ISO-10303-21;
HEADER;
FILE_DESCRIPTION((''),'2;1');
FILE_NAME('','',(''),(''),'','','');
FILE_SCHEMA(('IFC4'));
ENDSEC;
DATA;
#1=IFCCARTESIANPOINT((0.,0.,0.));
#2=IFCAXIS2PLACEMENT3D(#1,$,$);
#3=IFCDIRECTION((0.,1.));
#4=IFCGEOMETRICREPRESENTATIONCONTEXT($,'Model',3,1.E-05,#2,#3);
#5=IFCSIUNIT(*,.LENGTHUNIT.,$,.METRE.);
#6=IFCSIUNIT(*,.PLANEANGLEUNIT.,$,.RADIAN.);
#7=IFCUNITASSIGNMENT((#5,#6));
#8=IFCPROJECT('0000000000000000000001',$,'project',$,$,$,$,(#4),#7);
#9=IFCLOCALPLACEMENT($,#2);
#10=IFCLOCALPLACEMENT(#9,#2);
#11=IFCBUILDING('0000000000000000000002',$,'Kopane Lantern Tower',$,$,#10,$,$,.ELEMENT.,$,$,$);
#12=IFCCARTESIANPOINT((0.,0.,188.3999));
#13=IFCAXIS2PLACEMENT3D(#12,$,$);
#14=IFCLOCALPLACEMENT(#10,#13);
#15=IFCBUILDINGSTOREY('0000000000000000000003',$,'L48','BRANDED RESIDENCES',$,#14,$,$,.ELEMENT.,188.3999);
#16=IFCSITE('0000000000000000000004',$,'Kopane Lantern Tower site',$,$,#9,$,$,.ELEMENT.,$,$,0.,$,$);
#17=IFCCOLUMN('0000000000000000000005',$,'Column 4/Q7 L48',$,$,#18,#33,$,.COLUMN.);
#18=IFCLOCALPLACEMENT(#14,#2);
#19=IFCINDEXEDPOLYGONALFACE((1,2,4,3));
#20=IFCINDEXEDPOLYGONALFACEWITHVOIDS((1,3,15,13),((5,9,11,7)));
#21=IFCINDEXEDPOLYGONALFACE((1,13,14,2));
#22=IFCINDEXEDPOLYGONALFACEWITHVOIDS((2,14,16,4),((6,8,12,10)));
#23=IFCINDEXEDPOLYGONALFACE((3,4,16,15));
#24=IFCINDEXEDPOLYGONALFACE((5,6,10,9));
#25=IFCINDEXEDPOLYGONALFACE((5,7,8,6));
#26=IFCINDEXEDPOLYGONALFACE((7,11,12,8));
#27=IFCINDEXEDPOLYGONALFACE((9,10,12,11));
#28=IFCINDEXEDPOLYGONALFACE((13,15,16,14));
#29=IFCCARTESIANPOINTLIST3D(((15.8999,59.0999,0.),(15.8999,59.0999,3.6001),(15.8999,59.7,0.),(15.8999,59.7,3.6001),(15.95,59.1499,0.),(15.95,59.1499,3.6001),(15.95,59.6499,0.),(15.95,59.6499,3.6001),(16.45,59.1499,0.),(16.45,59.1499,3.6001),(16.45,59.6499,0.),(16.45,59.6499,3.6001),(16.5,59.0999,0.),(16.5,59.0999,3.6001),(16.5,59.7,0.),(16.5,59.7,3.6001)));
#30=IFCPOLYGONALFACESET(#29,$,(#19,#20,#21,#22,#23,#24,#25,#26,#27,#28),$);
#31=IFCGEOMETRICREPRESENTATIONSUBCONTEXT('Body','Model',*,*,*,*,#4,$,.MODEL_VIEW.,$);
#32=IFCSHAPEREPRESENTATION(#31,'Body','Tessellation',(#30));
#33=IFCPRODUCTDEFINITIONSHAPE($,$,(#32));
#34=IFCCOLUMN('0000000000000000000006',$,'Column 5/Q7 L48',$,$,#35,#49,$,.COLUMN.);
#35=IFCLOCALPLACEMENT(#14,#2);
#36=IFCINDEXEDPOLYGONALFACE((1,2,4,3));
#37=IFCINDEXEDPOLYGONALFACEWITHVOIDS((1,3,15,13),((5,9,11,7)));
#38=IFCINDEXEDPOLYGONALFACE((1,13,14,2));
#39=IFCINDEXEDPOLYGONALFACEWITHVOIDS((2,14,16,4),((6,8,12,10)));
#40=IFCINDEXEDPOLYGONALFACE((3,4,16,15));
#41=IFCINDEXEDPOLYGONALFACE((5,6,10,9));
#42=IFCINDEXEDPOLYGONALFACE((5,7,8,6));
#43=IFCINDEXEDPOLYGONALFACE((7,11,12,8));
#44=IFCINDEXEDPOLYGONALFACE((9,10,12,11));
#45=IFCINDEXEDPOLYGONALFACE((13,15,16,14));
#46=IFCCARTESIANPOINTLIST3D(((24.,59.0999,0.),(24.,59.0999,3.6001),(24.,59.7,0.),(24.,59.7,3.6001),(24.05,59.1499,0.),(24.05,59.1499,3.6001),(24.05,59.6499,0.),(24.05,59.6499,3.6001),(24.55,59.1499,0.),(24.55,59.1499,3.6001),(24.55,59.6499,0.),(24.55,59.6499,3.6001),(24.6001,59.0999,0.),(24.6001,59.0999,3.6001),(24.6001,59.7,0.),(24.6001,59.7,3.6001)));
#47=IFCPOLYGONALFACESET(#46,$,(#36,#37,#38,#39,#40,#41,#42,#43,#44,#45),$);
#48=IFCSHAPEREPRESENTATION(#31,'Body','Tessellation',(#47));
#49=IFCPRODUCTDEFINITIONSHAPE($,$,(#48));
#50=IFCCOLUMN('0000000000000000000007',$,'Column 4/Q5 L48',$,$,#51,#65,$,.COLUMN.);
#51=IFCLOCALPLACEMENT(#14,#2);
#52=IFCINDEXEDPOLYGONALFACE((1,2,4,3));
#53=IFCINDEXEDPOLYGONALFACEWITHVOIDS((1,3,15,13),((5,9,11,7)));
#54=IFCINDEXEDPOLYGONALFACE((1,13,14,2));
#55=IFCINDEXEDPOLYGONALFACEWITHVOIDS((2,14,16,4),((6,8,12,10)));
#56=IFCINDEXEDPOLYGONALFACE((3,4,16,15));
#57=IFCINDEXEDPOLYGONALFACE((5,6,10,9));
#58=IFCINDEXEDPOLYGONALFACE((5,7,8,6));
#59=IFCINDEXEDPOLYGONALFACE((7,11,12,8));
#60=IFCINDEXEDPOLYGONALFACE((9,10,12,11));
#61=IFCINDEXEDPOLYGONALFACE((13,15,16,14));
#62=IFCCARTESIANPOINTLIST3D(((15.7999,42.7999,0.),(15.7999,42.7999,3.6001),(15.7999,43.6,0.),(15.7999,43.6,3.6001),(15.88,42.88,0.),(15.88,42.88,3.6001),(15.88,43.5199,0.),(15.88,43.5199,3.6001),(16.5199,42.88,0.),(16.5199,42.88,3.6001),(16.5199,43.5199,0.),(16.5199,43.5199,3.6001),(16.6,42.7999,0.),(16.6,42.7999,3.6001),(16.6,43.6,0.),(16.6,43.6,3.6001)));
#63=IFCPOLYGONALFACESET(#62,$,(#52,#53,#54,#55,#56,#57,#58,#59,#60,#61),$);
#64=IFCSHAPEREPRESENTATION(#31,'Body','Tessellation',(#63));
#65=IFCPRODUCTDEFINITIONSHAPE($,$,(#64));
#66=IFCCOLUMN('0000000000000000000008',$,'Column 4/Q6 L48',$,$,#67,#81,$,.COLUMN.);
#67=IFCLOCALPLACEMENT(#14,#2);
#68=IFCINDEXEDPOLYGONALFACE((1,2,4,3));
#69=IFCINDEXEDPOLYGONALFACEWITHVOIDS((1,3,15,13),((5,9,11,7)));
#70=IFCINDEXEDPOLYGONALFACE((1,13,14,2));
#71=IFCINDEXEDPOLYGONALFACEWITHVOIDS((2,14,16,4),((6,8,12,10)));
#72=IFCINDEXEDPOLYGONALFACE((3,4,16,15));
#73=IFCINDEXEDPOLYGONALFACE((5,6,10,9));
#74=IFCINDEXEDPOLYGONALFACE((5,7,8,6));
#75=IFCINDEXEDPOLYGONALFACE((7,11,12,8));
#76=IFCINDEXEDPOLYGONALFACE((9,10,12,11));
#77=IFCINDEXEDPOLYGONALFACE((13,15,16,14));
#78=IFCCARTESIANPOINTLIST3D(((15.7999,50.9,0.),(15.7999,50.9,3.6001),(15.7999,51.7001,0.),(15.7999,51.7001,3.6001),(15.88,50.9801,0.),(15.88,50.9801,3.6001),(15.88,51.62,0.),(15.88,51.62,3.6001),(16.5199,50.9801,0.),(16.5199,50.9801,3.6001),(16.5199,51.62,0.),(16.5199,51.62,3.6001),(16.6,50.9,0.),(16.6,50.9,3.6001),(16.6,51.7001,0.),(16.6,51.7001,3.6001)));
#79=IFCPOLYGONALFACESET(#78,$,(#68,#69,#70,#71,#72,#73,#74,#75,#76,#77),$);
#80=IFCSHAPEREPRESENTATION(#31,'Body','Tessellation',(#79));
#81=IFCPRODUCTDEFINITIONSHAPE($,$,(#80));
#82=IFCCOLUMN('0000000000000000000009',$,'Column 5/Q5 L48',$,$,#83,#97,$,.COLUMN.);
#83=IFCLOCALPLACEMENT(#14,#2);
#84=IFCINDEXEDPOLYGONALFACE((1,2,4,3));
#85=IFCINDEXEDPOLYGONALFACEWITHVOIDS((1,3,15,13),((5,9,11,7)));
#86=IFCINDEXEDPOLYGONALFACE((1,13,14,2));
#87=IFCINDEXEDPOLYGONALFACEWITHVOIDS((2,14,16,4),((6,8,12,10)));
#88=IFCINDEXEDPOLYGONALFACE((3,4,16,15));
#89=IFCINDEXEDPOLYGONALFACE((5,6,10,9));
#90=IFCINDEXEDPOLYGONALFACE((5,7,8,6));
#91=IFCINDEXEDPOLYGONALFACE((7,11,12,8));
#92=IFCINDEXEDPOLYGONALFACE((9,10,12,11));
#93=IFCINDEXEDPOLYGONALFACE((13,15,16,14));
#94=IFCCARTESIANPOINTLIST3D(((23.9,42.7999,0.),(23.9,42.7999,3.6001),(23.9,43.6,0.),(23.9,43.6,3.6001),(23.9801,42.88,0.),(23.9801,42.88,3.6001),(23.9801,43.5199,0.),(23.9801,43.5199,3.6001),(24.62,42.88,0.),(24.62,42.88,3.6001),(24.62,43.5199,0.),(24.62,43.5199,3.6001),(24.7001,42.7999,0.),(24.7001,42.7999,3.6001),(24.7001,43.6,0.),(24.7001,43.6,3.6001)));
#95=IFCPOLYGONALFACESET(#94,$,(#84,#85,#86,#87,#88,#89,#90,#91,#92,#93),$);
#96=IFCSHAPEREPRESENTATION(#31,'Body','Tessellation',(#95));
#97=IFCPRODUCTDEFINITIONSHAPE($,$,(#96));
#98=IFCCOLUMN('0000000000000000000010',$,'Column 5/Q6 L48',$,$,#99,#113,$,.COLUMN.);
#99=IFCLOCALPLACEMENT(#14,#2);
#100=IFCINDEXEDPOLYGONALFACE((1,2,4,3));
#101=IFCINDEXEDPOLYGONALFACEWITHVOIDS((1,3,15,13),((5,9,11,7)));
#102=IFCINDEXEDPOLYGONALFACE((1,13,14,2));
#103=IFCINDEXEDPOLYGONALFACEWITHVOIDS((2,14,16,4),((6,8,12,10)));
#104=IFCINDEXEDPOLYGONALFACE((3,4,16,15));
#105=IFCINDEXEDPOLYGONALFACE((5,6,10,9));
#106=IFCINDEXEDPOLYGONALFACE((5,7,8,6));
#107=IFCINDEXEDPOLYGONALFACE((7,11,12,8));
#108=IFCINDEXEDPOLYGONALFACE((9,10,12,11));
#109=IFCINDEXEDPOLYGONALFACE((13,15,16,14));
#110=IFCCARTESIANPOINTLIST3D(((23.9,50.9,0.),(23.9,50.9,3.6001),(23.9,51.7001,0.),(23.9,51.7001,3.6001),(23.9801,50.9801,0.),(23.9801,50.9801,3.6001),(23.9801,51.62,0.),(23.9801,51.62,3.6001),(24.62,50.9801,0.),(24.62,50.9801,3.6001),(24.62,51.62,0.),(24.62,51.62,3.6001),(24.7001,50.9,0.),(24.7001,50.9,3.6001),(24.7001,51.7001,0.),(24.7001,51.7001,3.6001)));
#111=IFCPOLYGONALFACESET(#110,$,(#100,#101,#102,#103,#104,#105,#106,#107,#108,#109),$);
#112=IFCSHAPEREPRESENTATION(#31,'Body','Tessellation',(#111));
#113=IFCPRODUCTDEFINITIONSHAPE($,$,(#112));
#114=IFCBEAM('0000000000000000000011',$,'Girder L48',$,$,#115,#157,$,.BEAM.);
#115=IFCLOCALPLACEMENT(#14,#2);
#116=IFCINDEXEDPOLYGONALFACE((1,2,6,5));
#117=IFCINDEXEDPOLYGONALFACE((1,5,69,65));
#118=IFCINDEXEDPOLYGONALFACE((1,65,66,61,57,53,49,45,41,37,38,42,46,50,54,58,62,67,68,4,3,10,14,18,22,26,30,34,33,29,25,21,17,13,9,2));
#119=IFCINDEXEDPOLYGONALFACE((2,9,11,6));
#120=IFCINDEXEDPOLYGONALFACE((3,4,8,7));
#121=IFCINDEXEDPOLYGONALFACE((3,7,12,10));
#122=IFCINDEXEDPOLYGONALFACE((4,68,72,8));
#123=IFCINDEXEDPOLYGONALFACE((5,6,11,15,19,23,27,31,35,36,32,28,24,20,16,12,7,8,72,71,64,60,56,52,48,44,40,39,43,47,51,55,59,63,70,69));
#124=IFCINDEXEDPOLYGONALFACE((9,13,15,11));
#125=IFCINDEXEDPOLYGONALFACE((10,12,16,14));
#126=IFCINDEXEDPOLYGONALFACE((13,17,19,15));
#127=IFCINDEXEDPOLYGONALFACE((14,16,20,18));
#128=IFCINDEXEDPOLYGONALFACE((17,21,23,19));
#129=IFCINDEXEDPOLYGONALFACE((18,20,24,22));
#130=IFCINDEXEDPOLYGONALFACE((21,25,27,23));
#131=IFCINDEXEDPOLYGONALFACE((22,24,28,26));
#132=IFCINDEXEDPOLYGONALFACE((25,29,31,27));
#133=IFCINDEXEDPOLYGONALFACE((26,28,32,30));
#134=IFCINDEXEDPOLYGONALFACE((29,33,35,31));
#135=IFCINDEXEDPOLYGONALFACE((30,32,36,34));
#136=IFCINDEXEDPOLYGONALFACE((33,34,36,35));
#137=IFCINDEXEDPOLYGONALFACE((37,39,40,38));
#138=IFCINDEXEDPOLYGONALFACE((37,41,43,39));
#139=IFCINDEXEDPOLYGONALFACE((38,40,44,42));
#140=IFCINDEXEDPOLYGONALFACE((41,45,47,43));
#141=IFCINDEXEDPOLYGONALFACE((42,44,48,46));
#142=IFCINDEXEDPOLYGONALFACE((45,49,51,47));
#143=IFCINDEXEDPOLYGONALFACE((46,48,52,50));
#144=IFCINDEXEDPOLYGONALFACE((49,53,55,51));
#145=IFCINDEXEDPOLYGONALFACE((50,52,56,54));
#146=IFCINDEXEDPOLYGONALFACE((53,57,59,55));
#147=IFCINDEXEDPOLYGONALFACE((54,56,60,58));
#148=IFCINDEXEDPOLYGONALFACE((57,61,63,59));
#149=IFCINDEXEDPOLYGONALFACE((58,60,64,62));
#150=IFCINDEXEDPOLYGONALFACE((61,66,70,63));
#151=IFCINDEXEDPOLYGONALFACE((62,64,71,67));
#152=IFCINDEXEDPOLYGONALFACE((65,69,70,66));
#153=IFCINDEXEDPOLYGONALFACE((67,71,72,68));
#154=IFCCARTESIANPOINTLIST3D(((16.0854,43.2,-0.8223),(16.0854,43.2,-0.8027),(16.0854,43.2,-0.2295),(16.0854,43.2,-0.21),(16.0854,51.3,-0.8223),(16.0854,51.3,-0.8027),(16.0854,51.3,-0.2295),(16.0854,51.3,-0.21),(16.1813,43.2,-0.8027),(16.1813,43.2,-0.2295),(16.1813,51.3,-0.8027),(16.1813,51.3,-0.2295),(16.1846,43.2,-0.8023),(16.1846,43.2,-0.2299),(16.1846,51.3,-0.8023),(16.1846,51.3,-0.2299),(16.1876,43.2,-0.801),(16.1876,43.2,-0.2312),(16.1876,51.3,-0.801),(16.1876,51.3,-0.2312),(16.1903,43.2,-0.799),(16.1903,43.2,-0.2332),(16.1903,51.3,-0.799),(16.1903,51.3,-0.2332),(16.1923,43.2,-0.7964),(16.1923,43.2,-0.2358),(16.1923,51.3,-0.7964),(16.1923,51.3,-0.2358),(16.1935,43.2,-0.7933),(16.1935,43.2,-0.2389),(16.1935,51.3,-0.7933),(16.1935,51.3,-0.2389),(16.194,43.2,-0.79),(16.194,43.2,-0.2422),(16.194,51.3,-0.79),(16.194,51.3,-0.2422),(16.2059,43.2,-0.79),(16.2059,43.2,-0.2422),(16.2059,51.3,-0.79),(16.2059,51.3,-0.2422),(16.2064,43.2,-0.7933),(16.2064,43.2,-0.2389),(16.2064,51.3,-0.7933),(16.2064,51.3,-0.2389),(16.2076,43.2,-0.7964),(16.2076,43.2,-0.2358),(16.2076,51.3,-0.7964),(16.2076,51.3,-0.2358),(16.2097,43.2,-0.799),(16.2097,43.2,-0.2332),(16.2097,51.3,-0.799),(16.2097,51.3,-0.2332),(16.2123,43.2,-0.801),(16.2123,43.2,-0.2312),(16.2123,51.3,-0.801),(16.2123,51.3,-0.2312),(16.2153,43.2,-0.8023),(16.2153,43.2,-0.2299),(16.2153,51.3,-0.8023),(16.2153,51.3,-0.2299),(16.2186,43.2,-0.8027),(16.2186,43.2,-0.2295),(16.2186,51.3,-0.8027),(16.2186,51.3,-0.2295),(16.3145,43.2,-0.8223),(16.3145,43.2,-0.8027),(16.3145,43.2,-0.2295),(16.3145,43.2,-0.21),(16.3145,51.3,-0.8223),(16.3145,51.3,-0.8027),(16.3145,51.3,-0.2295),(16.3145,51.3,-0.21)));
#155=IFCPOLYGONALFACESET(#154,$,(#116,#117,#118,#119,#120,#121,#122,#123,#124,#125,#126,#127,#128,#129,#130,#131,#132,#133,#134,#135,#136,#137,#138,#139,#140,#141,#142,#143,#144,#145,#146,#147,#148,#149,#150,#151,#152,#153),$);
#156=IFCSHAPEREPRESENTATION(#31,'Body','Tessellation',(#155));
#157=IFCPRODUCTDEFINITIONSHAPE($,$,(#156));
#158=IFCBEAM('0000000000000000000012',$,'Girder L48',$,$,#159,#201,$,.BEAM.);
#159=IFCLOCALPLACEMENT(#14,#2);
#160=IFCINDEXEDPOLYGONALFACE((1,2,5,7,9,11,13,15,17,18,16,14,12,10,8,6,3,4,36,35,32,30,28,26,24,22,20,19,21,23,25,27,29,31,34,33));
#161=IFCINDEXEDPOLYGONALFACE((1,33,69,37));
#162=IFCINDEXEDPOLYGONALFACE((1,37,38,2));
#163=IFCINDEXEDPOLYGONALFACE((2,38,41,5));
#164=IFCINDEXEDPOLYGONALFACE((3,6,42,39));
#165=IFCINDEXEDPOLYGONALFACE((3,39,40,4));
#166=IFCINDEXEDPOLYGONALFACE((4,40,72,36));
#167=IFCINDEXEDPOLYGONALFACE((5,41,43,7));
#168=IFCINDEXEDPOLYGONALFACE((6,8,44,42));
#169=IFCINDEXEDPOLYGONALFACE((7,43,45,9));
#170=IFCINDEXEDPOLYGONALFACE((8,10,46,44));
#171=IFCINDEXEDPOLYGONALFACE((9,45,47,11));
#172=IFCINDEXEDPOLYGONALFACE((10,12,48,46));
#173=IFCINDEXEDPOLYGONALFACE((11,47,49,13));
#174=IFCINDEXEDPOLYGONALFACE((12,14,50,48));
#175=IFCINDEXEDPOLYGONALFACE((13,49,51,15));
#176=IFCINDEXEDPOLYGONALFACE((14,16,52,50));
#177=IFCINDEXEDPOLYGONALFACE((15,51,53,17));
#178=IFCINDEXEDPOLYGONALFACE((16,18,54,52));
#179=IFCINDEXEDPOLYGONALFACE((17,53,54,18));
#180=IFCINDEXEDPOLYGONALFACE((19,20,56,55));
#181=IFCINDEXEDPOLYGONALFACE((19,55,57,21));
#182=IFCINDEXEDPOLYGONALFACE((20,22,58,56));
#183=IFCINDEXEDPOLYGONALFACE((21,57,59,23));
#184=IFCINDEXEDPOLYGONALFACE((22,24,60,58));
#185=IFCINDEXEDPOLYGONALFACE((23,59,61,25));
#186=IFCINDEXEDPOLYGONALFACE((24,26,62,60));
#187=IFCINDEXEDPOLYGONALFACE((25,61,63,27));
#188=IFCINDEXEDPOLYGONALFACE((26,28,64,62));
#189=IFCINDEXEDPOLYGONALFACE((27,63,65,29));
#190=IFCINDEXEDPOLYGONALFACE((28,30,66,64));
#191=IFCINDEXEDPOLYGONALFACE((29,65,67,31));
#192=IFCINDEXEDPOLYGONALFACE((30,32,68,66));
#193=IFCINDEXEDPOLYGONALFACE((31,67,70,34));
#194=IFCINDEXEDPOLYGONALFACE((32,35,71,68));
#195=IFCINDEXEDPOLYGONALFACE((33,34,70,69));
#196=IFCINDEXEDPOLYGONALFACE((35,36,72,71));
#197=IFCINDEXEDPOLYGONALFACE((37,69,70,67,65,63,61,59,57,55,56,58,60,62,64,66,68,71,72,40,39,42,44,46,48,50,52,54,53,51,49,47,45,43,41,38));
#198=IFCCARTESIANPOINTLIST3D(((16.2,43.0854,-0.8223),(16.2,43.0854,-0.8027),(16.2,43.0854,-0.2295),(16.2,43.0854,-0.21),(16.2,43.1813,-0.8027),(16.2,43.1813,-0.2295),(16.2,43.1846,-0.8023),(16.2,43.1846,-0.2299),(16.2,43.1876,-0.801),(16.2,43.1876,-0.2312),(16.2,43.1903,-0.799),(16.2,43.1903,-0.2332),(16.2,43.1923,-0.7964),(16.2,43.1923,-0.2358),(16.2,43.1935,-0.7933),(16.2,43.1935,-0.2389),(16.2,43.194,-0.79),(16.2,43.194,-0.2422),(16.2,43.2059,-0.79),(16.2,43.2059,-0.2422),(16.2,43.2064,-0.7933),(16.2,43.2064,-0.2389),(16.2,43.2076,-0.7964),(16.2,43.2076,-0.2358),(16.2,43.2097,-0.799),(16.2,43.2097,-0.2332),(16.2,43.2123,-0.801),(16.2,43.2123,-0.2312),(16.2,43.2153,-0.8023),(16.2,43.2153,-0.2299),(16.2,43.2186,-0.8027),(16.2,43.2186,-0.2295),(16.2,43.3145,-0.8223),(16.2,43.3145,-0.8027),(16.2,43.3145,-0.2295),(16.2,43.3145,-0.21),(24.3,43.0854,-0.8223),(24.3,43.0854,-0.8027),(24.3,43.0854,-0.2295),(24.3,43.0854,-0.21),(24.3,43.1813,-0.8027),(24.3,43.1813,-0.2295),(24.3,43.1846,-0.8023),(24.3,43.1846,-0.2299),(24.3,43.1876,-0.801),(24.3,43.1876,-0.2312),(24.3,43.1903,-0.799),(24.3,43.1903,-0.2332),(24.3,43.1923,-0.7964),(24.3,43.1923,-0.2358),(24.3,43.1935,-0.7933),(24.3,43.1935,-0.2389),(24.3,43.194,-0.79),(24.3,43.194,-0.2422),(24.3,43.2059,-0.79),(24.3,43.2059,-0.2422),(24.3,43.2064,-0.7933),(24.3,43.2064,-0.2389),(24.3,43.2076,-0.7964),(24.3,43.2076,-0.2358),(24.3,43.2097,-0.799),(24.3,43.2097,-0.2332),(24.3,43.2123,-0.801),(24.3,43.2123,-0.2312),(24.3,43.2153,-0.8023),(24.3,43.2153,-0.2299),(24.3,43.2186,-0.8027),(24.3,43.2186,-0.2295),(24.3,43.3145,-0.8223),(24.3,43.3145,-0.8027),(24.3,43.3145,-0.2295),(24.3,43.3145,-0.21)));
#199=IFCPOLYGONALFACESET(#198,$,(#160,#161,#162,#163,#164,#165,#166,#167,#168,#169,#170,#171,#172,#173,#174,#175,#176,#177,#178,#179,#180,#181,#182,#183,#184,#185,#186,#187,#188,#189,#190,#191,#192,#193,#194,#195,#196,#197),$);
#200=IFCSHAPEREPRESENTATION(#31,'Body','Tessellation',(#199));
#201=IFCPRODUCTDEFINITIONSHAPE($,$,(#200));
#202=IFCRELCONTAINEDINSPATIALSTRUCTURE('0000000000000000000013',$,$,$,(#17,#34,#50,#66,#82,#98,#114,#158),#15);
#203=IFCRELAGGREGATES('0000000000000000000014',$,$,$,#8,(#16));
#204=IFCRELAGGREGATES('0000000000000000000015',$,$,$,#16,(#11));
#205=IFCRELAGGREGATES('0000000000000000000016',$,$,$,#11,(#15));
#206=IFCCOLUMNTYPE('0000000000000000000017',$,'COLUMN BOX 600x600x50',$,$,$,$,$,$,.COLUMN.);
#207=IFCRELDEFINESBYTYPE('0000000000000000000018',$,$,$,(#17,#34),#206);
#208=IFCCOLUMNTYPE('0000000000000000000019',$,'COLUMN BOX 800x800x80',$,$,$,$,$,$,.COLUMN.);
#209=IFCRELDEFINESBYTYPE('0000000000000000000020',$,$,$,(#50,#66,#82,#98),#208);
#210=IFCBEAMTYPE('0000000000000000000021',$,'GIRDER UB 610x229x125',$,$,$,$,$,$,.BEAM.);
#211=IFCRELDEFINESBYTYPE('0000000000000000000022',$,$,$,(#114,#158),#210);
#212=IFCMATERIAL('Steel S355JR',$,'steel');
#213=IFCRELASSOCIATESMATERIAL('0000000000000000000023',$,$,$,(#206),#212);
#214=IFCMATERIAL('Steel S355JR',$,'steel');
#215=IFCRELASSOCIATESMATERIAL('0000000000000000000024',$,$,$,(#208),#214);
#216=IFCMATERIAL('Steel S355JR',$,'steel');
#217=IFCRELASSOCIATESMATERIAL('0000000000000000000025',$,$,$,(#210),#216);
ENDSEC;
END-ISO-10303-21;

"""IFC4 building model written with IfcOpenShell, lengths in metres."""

from ifc_helpers import new_model, si_unit, direction, frame, origin, origin_2d, place, context, subcontext, project, spatial, hollow_rectangle, i_section, extrude, material, material_profile, profile_set, type_object, element, save


model = new_model("IFC4")

# Units and contexts
model_context = context("Model", 3, precision=1e-05, world=origin(), true_north=direction((0.0, 1.0)))
body_context = subcontext(model_context, "Body", "Model", "MODEL_VIEW")
ifc_project = project(units=[si_unit("LENGTHUNIT", "METRE"), si_unit("PLANEANGLEUNIT", "RADIAN")], contexts=[model_context])

# Site, building, storey
site_placement = place(None, origin())
site = spatial("IfcSite", under=ifc_project, at=site_placement, Name="Kopane Lantern Tower site", CompositionType="ELEMENT", RefElevation=0.0)
building_placement = place(site_placement, origin())
building = spatial("IfcBuilding", under=site, at=building_placement, Name="Kopane Lantern Tower", CompositionType="ELEMENT")
storey_placement = place(building_placement, frame((0.0, 0.0, 188.3999)))
storey = spatial("IfcBuildingStorey", under=building, at=storey_placement, Name="L48", Description="BRANDED RESIDENCES", CompositionType="ELEMENT", Elevation=188.3999)

# Columns
ifc_material_1 = material(Name="Steel S355JR", Category="steel")
ifc_material_profile_1 = material_profile(ifc_material_1, hollow_rectangle(XDim=0.6001, YDim=0.6001, WallThickness=0.05, at=origin_2d()), Name="BOX 600x600x50")
ifc_profile_set_1 = profile_set([ifc_material_profile_1], Name="Steel S355JR")
column_type_1 = type_object("IfcColumnType", Name="COLUMN BOX 600x600x50", PredefinedType="COLUMN", material=ifc_profile_set_1)
for number, where, z_axis, x_axis, name in (
    (1, (16.2, 59.3999, 0.0), (0.0, 0.0, 1.0), (1.0, 0.0, 0.0), "Column 4/Q7 L48"),
    (2, (24.3, 59.3999, 0.0), (0.0, 0.0, 1.0), (1.0, 0.0, 0.0), "Column 5/Q7 L48"),
):
    element("IfcColumn", number, at=place(storey_placement, frame(where, z_axis=z_axis, x_axis=x_axis)), inside=storey, type_object=column_type_1, Name=name, PredefinedType="COLUMN", context=body_context, shape_type="SweptSolid", body=[
        extrude(hollow_rectangle(XDim=0.6001, YDim=0.6001, WallThickness=0.05, at=origin_2d()), origin(), (0.0, 0.0, 1.0), 3.6001),
    ])
ifc_material_2 = material(Name="Steel S355JR", Category="steel")
ifc_material_profile_2 = material_profile(ifc_material_2, hollow_rectangle(XDim=0.8, YDim=0.8, WallThickness=0.0801, at=origin_2d()), Name="BOX 800x800x80")
ifc_profile_set_2 = profile_set([ifc_material_profile_2], Name="Steel S355JR")
column_type_2 = type_object("IfcColumnType", Name="COLUMN BOX 800x800x80", PredefinedType="COLUMN", material=ifc_profile_set_2)
for number, where, z_axis, x_axis, name in (
    (3, (16.2, 43.2, 0.0), (0.0, 0.0, 1.0), (1.0, 0.0, 0.0), "Column 4/Q5 L48"),
    (4, (16.2, 51.3, 0.0), (0.0, 0.0, 1.0), (1.0, 0.0, 0.0), "Column 4/Q6 L48"),
    (5, (24.3, 43.2, 0.0), (0.0, 0.0, 1.0), (1.0, 0.0, 0.0), "Column 5/Q5 L48"),
    (6, (24.3, 51.3, 0.0), (0.0, 0.0, 1.0), (1.0, 0.0, 0.0), "Column 5/Q6 L48"),
):
    element("IfcColumn", number, at=place(storey_placement, frame(where, z_axis=z_axis, x_axis=x_axis)), inside=storey, type_object=column_type_2, Name=name, PredefinedType="COLUMN", context=body_context, shape_type="SweptSolid", body=[
        extrude(hollow_rectangle(XDim=0.8, YDim=0.8, WallThickness=0.0801, at=origin_2d()), origin(), (0.0, 0.0, 1.0), 3.6001),
    ])

# Beams
ifc_material_3 = material(Name="Steel S355JR", Category="steel")
ifc_material_profile_3 = material_profile(ifc_material_3, i_section(OverallWidth=0.229, OverallDepth=0.6123, WebThickness=0.012, FlangeThickness=0.0195, FilletRadius=0.0127, at=origin_2d()), Name="UB 610x229x125")
ifc_profile_set_3 = profile_set([ifc_material_profile_3], Name="Steel S355JR")
beam_type = type_object("IfcBeamType", Name="GIRDER UB 610x229x125", PredefinedType="BEAM", material=ifc_profile_set_3)
for number, where, z_axis, x_axis, name in (
    (7, (16.2, 43.2, -0.5161), (0.0, 1.0, 0.0), (-1.0, 0.0, 0.0), "Girder L48"),
    (8, (16.2, 43.2, -0.5161), (1.0, 0.0, 0.0), (0.0, 1.0, 0.0), "Girder L48"),
):
    element("IfcBeam", number, at=place(storey_placement, frame(where, z_axis=z_axis, x_axis=x_axis)), inside=storey, type_object=beam_type, Name=name, PredefinedType="BEAM", context=body_context, shape_type="SweptSolid", body=[
        extrude(i_section(OverallWidth=0.229, OverallDepth=0.6123, WebThickness=0.012, FlangeThickness=0.0195, FilletRadius=0.0127, at=origin_2d()), origin(), (0.0, 0.0, 1.0), 8.1001),
    ])

save(model, "model.ifc")
